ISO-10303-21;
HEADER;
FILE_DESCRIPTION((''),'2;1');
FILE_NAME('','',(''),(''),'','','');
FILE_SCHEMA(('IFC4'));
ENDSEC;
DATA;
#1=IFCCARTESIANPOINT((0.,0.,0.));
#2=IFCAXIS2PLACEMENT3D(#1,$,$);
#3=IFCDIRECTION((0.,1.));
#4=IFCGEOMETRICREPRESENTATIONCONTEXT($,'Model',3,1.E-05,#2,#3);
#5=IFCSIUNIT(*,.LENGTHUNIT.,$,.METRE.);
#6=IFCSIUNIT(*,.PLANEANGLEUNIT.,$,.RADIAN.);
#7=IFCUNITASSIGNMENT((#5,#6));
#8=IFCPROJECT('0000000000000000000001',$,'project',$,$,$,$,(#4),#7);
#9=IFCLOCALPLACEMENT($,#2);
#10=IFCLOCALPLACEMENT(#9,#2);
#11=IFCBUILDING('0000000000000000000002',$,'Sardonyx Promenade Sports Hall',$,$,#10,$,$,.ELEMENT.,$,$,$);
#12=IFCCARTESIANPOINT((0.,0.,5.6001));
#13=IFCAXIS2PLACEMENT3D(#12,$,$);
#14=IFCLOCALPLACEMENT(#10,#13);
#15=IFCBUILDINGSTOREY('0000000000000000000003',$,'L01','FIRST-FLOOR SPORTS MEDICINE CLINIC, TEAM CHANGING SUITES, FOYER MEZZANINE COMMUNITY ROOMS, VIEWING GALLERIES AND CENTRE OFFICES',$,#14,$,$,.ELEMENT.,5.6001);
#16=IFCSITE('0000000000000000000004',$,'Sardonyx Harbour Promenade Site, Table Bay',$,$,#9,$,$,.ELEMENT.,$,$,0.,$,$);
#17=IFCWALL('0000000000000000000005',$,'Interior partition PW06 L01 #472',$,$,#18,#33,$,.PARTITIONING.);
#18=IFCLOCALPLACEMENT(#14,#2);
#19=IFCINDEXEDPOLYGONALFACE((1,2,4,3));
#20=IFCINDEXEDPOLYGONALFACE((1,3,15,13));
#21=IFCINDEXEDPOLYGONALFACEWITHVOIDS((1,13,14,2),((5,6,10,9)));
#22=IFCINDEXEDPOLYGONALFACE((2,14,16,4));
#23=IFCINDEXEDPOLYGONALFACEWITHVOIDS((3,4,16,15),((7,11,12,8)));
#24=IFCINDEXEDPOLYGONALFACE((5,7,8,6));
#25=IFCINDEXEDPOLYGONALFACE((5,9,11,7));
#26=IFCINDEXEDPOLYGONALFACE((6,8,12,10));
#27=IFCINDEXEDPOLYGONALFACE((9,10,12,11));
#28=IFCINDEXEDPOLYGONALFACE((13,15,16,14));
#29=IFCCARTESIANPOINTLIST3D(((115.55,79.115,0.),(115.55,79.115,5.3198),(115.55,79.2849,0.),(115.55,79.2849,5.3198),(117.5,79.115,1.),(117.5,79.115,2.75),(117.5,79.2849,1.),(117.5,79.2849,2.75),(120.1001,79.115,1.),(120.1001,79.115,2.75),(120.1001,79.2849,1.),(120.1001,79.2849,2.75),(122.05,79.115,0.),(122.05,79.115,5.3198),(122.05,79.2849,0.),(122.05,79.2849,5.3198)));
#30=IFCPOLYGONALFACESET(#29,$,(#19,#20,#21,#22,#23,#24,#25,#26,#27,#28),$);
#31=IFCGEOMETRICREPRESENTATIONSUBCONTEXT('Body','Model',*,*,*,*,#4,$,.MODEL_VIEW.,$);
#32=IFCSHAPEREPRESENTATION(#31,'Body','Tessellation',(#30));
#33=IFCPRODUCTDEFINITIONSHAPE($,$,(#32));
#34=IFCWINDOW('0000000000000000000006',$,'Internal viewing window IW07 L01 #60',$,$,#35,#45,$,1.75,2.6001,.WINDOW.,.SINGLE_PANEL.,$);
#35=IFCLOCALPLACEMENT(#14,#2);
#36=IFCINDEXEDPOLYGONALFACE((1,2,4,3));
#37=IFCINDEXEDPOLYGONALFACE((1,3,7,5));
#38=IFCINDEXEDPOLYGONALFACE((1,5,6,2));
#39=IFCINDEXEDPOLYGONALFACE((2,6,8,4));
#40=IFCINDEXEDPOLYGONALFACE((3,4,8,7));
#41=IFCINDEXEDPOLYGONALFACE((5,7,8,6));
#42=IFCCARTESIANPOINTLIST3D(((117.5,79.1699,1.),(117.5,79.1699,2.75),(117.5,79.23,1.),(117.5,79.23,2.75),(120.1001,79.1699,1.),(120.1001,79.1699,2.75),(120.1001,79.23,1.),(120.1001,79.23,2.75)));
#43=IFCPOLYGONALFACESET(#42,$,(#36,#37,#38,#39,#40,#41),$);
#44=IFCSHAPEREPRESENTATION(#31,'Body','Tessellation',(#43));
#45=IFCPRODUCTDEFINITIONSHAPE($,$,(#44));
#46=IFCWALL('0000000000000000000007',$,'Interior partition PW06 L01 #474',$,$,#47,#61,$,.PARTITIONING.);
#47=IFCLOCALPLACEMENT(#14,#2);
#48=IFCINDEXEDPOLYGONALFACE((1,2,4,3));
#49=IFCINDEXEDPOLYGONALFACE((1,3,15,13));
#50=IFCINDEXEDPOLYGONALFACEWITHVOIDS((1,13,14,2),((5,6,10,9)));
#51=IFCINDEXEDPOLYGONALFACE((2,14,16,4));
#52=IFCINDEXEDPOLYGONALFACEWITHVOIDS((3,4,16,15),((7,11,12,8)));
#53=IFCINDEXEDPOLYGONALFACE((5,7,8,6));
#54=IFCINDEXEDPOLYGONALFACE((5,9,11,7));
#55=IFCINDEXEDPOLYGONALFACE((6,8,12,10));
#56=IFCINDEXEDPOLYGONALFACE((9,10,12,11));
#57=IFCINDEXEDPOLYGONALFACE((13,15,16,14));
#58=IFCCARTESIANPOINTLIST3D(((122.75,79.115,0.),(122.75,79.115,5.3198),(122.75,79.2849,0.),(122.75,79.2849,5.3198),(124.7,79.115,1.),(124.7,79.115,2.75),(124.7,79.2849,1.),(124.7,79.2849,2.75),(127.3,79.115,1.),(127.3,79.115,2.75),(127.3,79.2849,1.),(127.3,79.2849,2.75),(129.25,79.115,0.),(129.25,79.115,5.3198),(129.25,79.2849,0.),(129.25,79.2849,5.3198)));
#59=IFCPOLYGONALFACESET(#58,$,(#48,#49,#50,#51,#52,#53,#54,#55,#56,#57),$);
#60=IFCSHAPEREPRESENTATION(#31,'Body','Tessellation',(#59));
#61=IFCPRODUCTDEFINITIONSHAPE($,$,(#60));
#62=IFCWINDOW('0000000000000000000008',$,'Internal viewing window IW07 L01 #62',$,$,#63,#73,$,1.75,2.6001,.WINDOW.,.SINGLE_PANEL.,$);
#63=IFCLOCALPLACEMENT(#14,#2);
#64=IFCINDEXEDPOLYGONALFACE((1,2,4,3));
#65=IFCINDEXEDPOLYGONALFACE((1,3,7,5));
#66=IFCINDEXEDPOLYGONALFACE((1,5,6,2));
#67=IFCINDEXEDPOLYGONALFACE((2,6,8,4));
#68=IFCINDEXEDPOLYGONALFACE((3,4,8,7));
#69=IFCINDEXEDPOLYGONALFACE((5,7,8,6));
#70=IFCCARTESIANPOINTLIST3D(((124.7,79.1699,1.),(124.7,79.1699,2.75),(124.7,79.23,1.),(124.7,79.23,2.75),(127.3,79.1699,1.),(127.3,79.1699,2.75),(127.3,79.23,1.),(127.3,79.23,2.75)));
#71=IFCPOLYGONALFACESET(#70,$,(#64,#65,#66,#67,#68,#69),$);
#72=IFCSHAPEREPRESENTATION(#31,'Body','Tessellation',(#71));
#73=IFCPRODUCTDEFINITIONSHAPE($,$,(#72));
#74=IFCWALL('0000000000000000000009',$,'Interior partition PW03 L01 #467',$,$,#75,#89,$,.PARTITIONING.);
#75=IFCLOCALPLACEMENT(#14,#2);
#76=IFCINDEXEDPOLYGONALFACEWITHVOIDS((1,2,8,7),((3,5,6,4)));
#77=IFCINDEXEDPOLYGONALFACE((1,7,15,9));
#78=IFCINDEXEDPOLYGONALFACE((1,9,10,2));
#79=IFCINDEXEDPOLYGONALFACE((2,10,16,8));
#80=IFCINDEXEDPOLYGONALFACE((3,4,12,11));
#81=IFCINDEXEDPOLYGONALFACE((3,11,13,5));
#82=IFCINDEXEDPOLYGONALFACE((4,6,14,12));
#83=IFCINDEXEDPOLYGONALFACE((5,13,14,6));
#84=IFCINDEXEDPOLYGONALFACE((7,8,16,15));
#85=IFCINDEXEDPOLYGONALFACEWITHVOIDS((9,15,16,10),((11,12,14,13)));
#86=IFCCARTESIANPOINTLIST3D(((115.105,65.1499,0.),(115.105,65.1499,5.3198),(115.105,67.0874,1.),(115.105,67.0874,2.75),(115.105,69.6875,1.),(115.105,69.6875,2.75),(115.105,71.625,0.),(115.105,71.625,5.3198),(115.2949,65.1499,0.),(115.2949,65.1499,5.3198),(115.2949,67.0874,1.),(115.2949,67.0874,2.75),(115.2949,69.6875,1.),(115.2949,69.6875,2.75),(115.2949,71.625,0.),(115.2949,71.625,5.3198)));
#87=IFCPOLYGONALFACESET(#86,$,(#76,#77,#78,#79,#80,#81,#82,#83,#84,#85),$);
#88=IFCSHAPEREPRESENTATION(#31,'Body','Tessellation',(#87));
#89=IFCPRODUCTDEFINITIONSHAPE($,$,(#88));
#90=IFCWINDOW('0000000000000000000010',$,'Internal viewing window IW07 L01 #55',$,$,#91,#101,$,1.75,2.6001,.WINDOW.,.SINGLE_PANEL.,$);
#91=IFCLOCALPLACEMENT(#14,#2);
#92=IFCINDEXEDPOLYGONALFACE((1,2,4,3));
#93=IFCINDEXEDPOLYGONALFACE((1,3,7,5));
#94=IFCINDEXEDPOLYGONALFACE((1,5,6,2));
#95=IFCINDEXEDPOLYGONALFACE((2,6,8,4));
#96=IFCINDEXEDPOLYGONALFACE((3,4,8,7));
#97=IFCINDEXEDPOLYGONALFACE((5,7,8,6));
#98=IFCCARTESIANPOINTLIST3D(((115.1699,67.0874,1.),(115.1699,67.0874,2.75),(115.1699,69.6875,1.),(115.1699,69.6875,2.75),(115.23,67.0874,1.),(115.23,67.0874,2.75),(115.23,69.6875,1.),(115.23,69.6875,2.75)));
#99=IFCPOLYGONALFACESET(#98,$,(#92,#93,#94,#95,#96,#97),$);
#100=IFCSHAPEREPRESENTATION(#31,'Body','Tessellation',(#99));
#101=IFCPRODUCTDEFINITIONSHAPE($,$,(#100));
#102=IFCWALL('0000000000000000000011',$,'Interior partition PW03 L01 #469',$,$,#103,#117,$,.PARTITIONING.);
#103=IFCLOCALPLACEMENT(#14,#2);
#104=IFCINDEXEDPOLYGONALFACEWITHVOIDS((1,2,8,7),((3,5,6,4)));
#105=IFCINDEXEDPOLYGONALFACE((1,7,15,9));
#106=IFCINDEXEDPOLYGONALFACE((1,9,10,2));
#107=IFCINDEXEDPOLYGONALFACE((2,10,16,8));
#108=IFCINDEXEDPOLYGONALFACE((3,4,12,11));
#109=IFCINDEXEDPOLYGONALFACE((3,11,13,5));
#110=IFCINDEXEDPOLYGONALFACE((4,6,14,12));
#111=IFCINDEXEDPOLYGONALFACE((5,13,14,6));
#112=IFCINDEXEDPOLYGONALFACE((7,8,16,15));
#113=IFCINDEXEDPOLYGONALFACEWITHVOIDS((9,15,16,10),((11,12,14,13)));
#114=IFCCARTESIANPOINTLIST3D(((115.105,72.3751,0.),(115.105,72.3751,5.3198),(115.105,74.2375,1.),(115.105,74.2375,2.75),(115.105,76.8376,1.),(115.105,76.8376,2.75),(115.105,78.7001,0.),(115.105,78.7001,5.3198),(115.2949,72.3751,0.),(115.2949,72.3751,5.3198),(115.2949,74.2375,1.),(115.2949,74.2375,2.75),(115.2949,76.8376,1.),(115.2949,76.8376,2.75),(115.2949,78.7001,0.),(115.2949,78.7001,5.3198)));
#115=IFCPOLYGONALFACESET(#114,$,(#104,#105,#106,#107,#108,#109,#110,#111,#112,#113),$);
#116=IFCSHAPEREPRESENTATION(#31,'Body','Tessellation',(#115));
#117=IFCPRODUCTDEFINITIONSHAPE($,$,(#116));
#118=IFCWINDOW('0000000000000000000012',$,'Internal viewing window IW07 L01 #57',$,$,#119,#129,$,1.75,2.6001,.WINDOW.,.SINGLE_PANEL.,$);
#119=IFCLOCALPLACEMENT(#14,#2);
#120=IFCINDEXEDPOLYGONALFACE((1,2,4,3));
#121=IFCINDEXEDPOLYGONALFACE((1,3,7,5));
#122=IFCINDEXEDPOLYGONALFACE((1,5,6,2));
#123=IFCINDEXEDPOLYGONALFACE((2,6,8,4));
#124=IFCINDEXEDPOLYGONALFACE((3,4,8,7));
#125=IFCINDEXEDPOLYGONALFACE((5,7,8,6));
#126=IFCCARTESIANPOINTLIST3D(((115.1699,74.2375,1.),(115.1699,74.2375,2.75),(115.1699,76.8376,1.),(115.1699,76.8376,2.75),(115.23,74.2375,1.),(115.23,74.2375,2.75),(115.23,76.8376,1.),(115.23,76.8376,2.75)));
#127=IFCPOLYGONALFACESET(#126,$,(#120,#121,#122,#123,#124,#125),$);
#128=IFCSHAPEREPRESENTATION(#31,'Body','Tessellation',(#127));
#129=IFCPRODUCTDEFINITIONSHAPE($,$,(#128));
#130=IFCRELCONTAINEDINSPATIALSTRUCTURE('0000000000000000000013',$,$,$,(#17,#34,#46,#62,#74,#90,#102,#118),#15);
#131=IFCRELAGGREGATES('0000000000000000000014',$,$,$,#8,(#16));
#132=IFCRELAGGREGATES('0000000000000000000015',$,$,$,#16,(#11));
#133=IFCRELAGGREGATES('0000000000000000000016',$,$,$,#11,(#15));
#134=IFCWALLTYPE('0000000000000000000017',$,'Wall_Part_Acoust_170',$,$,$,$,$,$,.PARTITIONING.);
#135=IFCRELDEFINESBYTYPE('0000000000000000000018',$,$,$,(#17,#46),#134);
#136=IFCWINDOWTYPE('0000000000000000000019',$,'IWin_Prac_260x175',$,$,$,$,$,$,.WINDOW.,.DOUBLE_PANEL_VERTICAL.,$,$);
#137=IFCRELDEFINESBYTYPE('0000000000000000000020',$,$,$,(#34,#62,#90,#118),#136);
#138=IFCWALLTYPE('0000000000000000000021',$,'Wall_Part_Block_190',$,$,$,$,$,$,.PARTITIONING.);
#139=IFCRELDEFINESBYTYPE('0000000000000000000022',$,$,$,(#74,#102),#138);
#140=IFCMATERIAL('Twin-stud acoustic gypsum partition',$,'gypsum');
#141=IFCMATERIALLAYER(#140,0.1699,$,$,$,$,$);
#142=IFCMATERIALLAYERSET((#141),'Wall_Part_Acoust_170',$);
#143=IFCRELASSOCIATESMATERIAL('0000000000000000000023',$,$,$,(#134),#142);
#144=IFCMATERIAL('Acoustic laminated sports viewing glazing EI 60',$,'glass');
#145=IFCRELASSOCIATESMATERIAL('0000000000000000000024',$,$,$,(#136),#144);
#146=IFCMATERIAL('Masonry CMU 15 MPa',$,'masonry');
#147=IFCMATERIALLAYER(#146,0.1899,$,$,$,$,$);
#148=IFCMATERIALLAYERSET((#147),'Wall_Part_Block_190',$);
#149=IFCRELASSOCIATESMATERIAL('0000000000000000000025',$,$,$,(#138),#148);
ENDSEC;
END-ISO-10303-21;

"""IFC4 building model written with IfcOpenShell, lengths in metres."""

from ifc_helpers import new_model, si_unit, direction, frame, frame_2d, origin, place, context, subcontext, project, spatial, rectangle, extrude, material, layer, layer_set, type_object, element, fill, save


model = new_model("IFC4")

# Units and contexts
model_context = context("Model", 3, precision=1e-05, world=origin(), true_north=direction((0.0, 1.0)))
body_context = subcontext(model_context, "Body", "Model", "MODEL_VIEW")
ifc_project = project(units=[si_unit("LENGTHUNIT", "METRE"), si_unit("PLANEANGLEUNIT", "RADIAN")], contexts=[model_context])

# Site, building, storey
site_placement = place(None, origin())
site = spatial("IfcSite", under=ifc_project, at=site_placement, Name="Sardonyx Harbour Promenade Site, Table Bay", CompositionType="ELEMENT", RefElevation=0.0)
building_placement = place(site_placement, origin())
building = spatial("IfcBuilding", under=site, at=building_placement, Name="Sardonyx Promenade Sports Hall", CompositionType="ELEMENT")
storey_placement = place(building_placement, frame((0.0, 0.0, 5.6001)))
storey = spatial("IfcBuildingStorey", under=building, at=storey_placement, Name="L01", Description="FIRST-FLOOR SPORTS MEDICINE CLINIC, TEAM CHANGING SUITES, FOYER MEZZANINE COMMUNITY ROOMS, VIEWING GALLERIES AND CENTRE OFFICES", CompositionType="ELEMENT", Elevation=5.6001)

# Walls, openings, windows
ifc_material_1 = material(Name="Twin-stud acoustic gypsum partition", Category="gypsum")
ifc_layer_1 = layer(ifc_material_1, 0.1699)
ifc_layer_set_1 = layer_set([ifc_layer_1], Name="Wall_Part_Acoust_170")
wall_type_1 = type_object("IfcWallType", Name="Wall_Part_Acoust_170", PredefinedType="PARTITIONING", material=ifc_layer_set_1)
wall_1_placement = place(storey_placement, frame((115.55, 79.2, 0.0), z_axis=(0.0, 0.0, 1.0), x_axis=(1.0, 0.0, 0.0)))
wall_1 = element("IfcWall", 1, at=wall_1_placement, inside=storey, type_object=wall_type_1, Name="Interior partition PW06 L01 #472", PredefinedType="PARTITIONING", context=body_context, shape_type="SweptSolid", body=[
    extrude(rectangle(XDim=6.5, YDim=0.1699, at=frame_2d((3.25, 0.0))), origin(), (0.0, 0.0, 1.0), 5.3198),
])
opening_1_placement = place(wall_1_placement, frame((1.95, 0.0, 1.0)))
opening_1 = element("IfcOpeningElement", 2, at=opening_1_placement, cuts=wall_1, PredefinedType="OPENING", context=body_context, shape_type="SweptSolid", body=[
    extrude(rectangle(XDim=2.6001, YDim=1.75, at=frame_2d((1.3, 0.875))), frame((0.0, 0.095, 0.0), z_axis=(0.0, -1.0, 0.0), x_axis=(1.0, 0.0, 0.0)), (0.0, 0.0, 1.0), 0.19),
])
ifc_material_2 = material(Name="Acoustic laminated sports viewing glazing EI 60", Category="glass")
window_type_1 = type_object("IfcWindowType", Name="IWin_Prac_260x175", PartitioningType="DOUBLE_PANEL_VERTICAL", PredefinedType="WINDOW", material=ifc_material_2)
window_1_placement = place(opening_1_placement, origin())
window_1 = element("IfcWindow", 3, at=window_1_placement, inside=storey, type_object=window_type_1, Name="Internal viewing window IW07 L01 #60", OverallHeight=1.75, OverallWidth=2.6001, PartitioningType="SINGLE_PANEL", PredefinedType="WINDOW", context=body_context, shape_type="SweptSolid", body=[
    extrude(rectangle(XDim=2.6001, YDim=1.75, at=frame_2d((1.3, 0.875))), frame((0.0, 0.03, 0.0), z_axis=(0.0, -1.0, 0.0), x_axis=(1.0, 0.0, 0.0)), (0.0, 0.0, 1.0), 0.0601),
])
fill(opening_1, window_1)
wall_2_placement = place(storey_placement, frame((122.75, 79.2, 0.0), z_axis=(0.0, 0.0, 1.0), x_axis=(1.0, 0.0, 0.0)))
wall_2 = element("IfcWall", 4, at=wall_2_placement, inside=storey, type_object=wall_type_1, Name="Interior partition PW06 L01 #474", PredefinedType="PARTITIONING", context=body_context, shape_type="SweptSolid", body=[
    extrude(rectangle(XDim=6.5, YDim=0.1699, at=frame_2d((3.25, 0.0))), origin(), (0.0, 0.0, 1.0), 5.3198),
])
opening_2_placement = place(wall_2_placement, frame((1.95, 0.0, 1.0)))
opening_2 = element("IfcOpeningElement", 5, at=opening_2_placement, cuts=wall_2, PredefinedType="OPENING", context=body_context, shape_type="SweptSolid", body=[
    extrude(rectangle(XDim=2.6001, YDim=1.75, at=frame_2d((1.3, 0.875))), frame((0.0, 0.095, 0.0), z_axis=(0.0, -1.0, 0.0), x_axis=(1.0, 0.0, 0.0)), (0.0, 0.0, 1.0), 0.19),
])
window_2_placement = place(opening_2_placement, origin())
window_2 = element("IfcWindow", 6, at=window_2_placement, inside=storey, type_object=window_type_1, Name="Internal viewing window IW07 L01 #62", OverallHeight=1.75, OverallWidth=2.6001, PartitioningType="SINGLE_PANEL", PredefinedType="WINDOW", context=body_context, shape_type="SweptSolid", body=[
    extrude(rectangle(XDim=2.6001, YDim=1.75, at=frame_2d((1.3, 0.875))), frame((0.0, 0.03, 0.0), z_axis=(0.0, -1.0, 0.0), x_axis=(1.0, 0.0, 0.0)), (0.0, 0.0, 1.0), 0.0601),
])
fill(opening_2, window_2)
ifc_material_3 = material(Name="Masonry CMU 15 MPa", Category="masonry")
ifc_layer_2 = layer(ifc_material_3, 0.1899)
ifc_layer_set_2 = layer_set([ifc_layer_2], Name="Wall_Part_Block_190")
wall_type_2 = type_object("IfcWallType", Name="Wall_Part_Block_190", PredefinedType="PARTITIONING", material=ifc_layer_set_2)
wall_3_placement = place(storey_placement, frame((115.2, 65.1499, 0.0), z_axis=(0.0, 0.0, 1.0), x_axis=(0.0, 1.0, 0.0)))
wall_3 = element("IfcWall", 7, at=wall_3_placement, inside=storey, type_object=wall_type_2, Name="Interior partition PW03 L01 #467", PredefinedType="PARTITIONING", context=body_context, shape_type="SweptSolid", body=[
    extrude(rectangle(XDim=6.4751, YDim=0.1899, at=frame_2d((3.2375, 0.0))), origin(), (0.0, 0.0, 1.0), 5.3198),
])
opening_3_placement = place(wall_3_placement, frame((1.9375, 0.0, 1.0)))
opening_3 = element("IfcOpeningElement", 8, at=opening_3_placement, cuts=wall_3, PredefinedType="OPENING", context=body_context, shape_type="SweptSolid", body=[
    extrude(rectangle(XDim=2.6001, YDim=1.75, at=frame_2d((1.3, 0.875))), frame((0.0, 0.105, 0.0), z_axis=(0.0, -1.0, 0.0), x_axis=(1.0, 0.0, 0.0)), (0.0, 0.0, 1.0), 0.21),
])
window_3_placement = place(opening_3_placement, origin())
window_3 = element("IfcWindow", 9, at=window_3_placement, inside=storey, type_object=window_type_1, Name="Internal viewing window IW07 L01 #55", OverallHeight=1.75, OverallWidth=2.6001, PartitioningType="SINGLE_PANEL", PredefinedType="WINDOW", context=body_context, shape_type="SweptSolid", body=[
    extrude(rectangle(XDim=2.6001, YDim=1.75, at=frame_2d((1.3, 0.875))), frame((0.0, 0.03, 0.0), z_axis=(0.0, -1.0, 0.0), x_axis=(1.0, 0.0, 0.0)), (0.0, 0.0, 1.0), 0.0601),
])
fill(opening_3, window_3)
wall_4_placement = place(storey_placement, frame((115.2, 72.375, 0.0), z_axis=(0.0, 0.0, 1.0), x_axis=(0.0, 1.0, 0.0)))
wall_4 = element("IfcWall", 10, at=wall_4_placement, inside=storey, type_object=wall_type_2, Name="Interior partition PW03 L01 #469", PredefinedType="PARTITIONING", context=body_context, shape_type="SweptSolid", body=[
    extrude(rectangle(XDim=6.325, YDim=0.1899, at=frame_2d((3.1626, 0.0))), origin(), (0.0, 0.0, 1.0), 5.3198),
])
opening_4_placement = place(wall_4_placement, frame((1.8625, 0.0, 1.0)))
opening_4 = element("IfcOpeningElement", 11, at=opening_4_placement, cuts=wall_4, PredefinedType="OPENING", context=body_context, shape_type="SweptSolid", body=[
    extrude(rectangle(XDim=2.6001, YDim=1.75, at=frame_2d((1.3, 0.875))), frame((0.0, 0.105, 0.0), z_axis=(0.0, -1.0, 0.0), x_axis=(1.0, 0.0, 0.0)), (0.0, 0.0, 1.0), 0.21),
])
window_4_placement = place(opening_4_placement, origin())
window_4 = element("IfcWindow", 12, at=window_4_placement, inside=storey, type_object=window_type_1, Name="Internal viewing window IW07 L01 #57", OverallHeight=1.75, OverallWidth=2.6001, PartitioningType="SINGLE_PANEL", PredefinedType="WINDOW", context=body_context, shape_type="SweptSolid", body=[
    extrude(rectangle(XDim=2.6001, YDim=1.75, at=frame_2d((1.3, 0.875))), frame((0.0, 0.03, 0.0), z_axis=(0.0, -1.0, 0.0), x_axis=(1.0, 0.0, 0.0)), (0.0, 0.0, 1.0), 0.0601),
])
fill(opening_4, window_4)

save(model, "model.ifc")
